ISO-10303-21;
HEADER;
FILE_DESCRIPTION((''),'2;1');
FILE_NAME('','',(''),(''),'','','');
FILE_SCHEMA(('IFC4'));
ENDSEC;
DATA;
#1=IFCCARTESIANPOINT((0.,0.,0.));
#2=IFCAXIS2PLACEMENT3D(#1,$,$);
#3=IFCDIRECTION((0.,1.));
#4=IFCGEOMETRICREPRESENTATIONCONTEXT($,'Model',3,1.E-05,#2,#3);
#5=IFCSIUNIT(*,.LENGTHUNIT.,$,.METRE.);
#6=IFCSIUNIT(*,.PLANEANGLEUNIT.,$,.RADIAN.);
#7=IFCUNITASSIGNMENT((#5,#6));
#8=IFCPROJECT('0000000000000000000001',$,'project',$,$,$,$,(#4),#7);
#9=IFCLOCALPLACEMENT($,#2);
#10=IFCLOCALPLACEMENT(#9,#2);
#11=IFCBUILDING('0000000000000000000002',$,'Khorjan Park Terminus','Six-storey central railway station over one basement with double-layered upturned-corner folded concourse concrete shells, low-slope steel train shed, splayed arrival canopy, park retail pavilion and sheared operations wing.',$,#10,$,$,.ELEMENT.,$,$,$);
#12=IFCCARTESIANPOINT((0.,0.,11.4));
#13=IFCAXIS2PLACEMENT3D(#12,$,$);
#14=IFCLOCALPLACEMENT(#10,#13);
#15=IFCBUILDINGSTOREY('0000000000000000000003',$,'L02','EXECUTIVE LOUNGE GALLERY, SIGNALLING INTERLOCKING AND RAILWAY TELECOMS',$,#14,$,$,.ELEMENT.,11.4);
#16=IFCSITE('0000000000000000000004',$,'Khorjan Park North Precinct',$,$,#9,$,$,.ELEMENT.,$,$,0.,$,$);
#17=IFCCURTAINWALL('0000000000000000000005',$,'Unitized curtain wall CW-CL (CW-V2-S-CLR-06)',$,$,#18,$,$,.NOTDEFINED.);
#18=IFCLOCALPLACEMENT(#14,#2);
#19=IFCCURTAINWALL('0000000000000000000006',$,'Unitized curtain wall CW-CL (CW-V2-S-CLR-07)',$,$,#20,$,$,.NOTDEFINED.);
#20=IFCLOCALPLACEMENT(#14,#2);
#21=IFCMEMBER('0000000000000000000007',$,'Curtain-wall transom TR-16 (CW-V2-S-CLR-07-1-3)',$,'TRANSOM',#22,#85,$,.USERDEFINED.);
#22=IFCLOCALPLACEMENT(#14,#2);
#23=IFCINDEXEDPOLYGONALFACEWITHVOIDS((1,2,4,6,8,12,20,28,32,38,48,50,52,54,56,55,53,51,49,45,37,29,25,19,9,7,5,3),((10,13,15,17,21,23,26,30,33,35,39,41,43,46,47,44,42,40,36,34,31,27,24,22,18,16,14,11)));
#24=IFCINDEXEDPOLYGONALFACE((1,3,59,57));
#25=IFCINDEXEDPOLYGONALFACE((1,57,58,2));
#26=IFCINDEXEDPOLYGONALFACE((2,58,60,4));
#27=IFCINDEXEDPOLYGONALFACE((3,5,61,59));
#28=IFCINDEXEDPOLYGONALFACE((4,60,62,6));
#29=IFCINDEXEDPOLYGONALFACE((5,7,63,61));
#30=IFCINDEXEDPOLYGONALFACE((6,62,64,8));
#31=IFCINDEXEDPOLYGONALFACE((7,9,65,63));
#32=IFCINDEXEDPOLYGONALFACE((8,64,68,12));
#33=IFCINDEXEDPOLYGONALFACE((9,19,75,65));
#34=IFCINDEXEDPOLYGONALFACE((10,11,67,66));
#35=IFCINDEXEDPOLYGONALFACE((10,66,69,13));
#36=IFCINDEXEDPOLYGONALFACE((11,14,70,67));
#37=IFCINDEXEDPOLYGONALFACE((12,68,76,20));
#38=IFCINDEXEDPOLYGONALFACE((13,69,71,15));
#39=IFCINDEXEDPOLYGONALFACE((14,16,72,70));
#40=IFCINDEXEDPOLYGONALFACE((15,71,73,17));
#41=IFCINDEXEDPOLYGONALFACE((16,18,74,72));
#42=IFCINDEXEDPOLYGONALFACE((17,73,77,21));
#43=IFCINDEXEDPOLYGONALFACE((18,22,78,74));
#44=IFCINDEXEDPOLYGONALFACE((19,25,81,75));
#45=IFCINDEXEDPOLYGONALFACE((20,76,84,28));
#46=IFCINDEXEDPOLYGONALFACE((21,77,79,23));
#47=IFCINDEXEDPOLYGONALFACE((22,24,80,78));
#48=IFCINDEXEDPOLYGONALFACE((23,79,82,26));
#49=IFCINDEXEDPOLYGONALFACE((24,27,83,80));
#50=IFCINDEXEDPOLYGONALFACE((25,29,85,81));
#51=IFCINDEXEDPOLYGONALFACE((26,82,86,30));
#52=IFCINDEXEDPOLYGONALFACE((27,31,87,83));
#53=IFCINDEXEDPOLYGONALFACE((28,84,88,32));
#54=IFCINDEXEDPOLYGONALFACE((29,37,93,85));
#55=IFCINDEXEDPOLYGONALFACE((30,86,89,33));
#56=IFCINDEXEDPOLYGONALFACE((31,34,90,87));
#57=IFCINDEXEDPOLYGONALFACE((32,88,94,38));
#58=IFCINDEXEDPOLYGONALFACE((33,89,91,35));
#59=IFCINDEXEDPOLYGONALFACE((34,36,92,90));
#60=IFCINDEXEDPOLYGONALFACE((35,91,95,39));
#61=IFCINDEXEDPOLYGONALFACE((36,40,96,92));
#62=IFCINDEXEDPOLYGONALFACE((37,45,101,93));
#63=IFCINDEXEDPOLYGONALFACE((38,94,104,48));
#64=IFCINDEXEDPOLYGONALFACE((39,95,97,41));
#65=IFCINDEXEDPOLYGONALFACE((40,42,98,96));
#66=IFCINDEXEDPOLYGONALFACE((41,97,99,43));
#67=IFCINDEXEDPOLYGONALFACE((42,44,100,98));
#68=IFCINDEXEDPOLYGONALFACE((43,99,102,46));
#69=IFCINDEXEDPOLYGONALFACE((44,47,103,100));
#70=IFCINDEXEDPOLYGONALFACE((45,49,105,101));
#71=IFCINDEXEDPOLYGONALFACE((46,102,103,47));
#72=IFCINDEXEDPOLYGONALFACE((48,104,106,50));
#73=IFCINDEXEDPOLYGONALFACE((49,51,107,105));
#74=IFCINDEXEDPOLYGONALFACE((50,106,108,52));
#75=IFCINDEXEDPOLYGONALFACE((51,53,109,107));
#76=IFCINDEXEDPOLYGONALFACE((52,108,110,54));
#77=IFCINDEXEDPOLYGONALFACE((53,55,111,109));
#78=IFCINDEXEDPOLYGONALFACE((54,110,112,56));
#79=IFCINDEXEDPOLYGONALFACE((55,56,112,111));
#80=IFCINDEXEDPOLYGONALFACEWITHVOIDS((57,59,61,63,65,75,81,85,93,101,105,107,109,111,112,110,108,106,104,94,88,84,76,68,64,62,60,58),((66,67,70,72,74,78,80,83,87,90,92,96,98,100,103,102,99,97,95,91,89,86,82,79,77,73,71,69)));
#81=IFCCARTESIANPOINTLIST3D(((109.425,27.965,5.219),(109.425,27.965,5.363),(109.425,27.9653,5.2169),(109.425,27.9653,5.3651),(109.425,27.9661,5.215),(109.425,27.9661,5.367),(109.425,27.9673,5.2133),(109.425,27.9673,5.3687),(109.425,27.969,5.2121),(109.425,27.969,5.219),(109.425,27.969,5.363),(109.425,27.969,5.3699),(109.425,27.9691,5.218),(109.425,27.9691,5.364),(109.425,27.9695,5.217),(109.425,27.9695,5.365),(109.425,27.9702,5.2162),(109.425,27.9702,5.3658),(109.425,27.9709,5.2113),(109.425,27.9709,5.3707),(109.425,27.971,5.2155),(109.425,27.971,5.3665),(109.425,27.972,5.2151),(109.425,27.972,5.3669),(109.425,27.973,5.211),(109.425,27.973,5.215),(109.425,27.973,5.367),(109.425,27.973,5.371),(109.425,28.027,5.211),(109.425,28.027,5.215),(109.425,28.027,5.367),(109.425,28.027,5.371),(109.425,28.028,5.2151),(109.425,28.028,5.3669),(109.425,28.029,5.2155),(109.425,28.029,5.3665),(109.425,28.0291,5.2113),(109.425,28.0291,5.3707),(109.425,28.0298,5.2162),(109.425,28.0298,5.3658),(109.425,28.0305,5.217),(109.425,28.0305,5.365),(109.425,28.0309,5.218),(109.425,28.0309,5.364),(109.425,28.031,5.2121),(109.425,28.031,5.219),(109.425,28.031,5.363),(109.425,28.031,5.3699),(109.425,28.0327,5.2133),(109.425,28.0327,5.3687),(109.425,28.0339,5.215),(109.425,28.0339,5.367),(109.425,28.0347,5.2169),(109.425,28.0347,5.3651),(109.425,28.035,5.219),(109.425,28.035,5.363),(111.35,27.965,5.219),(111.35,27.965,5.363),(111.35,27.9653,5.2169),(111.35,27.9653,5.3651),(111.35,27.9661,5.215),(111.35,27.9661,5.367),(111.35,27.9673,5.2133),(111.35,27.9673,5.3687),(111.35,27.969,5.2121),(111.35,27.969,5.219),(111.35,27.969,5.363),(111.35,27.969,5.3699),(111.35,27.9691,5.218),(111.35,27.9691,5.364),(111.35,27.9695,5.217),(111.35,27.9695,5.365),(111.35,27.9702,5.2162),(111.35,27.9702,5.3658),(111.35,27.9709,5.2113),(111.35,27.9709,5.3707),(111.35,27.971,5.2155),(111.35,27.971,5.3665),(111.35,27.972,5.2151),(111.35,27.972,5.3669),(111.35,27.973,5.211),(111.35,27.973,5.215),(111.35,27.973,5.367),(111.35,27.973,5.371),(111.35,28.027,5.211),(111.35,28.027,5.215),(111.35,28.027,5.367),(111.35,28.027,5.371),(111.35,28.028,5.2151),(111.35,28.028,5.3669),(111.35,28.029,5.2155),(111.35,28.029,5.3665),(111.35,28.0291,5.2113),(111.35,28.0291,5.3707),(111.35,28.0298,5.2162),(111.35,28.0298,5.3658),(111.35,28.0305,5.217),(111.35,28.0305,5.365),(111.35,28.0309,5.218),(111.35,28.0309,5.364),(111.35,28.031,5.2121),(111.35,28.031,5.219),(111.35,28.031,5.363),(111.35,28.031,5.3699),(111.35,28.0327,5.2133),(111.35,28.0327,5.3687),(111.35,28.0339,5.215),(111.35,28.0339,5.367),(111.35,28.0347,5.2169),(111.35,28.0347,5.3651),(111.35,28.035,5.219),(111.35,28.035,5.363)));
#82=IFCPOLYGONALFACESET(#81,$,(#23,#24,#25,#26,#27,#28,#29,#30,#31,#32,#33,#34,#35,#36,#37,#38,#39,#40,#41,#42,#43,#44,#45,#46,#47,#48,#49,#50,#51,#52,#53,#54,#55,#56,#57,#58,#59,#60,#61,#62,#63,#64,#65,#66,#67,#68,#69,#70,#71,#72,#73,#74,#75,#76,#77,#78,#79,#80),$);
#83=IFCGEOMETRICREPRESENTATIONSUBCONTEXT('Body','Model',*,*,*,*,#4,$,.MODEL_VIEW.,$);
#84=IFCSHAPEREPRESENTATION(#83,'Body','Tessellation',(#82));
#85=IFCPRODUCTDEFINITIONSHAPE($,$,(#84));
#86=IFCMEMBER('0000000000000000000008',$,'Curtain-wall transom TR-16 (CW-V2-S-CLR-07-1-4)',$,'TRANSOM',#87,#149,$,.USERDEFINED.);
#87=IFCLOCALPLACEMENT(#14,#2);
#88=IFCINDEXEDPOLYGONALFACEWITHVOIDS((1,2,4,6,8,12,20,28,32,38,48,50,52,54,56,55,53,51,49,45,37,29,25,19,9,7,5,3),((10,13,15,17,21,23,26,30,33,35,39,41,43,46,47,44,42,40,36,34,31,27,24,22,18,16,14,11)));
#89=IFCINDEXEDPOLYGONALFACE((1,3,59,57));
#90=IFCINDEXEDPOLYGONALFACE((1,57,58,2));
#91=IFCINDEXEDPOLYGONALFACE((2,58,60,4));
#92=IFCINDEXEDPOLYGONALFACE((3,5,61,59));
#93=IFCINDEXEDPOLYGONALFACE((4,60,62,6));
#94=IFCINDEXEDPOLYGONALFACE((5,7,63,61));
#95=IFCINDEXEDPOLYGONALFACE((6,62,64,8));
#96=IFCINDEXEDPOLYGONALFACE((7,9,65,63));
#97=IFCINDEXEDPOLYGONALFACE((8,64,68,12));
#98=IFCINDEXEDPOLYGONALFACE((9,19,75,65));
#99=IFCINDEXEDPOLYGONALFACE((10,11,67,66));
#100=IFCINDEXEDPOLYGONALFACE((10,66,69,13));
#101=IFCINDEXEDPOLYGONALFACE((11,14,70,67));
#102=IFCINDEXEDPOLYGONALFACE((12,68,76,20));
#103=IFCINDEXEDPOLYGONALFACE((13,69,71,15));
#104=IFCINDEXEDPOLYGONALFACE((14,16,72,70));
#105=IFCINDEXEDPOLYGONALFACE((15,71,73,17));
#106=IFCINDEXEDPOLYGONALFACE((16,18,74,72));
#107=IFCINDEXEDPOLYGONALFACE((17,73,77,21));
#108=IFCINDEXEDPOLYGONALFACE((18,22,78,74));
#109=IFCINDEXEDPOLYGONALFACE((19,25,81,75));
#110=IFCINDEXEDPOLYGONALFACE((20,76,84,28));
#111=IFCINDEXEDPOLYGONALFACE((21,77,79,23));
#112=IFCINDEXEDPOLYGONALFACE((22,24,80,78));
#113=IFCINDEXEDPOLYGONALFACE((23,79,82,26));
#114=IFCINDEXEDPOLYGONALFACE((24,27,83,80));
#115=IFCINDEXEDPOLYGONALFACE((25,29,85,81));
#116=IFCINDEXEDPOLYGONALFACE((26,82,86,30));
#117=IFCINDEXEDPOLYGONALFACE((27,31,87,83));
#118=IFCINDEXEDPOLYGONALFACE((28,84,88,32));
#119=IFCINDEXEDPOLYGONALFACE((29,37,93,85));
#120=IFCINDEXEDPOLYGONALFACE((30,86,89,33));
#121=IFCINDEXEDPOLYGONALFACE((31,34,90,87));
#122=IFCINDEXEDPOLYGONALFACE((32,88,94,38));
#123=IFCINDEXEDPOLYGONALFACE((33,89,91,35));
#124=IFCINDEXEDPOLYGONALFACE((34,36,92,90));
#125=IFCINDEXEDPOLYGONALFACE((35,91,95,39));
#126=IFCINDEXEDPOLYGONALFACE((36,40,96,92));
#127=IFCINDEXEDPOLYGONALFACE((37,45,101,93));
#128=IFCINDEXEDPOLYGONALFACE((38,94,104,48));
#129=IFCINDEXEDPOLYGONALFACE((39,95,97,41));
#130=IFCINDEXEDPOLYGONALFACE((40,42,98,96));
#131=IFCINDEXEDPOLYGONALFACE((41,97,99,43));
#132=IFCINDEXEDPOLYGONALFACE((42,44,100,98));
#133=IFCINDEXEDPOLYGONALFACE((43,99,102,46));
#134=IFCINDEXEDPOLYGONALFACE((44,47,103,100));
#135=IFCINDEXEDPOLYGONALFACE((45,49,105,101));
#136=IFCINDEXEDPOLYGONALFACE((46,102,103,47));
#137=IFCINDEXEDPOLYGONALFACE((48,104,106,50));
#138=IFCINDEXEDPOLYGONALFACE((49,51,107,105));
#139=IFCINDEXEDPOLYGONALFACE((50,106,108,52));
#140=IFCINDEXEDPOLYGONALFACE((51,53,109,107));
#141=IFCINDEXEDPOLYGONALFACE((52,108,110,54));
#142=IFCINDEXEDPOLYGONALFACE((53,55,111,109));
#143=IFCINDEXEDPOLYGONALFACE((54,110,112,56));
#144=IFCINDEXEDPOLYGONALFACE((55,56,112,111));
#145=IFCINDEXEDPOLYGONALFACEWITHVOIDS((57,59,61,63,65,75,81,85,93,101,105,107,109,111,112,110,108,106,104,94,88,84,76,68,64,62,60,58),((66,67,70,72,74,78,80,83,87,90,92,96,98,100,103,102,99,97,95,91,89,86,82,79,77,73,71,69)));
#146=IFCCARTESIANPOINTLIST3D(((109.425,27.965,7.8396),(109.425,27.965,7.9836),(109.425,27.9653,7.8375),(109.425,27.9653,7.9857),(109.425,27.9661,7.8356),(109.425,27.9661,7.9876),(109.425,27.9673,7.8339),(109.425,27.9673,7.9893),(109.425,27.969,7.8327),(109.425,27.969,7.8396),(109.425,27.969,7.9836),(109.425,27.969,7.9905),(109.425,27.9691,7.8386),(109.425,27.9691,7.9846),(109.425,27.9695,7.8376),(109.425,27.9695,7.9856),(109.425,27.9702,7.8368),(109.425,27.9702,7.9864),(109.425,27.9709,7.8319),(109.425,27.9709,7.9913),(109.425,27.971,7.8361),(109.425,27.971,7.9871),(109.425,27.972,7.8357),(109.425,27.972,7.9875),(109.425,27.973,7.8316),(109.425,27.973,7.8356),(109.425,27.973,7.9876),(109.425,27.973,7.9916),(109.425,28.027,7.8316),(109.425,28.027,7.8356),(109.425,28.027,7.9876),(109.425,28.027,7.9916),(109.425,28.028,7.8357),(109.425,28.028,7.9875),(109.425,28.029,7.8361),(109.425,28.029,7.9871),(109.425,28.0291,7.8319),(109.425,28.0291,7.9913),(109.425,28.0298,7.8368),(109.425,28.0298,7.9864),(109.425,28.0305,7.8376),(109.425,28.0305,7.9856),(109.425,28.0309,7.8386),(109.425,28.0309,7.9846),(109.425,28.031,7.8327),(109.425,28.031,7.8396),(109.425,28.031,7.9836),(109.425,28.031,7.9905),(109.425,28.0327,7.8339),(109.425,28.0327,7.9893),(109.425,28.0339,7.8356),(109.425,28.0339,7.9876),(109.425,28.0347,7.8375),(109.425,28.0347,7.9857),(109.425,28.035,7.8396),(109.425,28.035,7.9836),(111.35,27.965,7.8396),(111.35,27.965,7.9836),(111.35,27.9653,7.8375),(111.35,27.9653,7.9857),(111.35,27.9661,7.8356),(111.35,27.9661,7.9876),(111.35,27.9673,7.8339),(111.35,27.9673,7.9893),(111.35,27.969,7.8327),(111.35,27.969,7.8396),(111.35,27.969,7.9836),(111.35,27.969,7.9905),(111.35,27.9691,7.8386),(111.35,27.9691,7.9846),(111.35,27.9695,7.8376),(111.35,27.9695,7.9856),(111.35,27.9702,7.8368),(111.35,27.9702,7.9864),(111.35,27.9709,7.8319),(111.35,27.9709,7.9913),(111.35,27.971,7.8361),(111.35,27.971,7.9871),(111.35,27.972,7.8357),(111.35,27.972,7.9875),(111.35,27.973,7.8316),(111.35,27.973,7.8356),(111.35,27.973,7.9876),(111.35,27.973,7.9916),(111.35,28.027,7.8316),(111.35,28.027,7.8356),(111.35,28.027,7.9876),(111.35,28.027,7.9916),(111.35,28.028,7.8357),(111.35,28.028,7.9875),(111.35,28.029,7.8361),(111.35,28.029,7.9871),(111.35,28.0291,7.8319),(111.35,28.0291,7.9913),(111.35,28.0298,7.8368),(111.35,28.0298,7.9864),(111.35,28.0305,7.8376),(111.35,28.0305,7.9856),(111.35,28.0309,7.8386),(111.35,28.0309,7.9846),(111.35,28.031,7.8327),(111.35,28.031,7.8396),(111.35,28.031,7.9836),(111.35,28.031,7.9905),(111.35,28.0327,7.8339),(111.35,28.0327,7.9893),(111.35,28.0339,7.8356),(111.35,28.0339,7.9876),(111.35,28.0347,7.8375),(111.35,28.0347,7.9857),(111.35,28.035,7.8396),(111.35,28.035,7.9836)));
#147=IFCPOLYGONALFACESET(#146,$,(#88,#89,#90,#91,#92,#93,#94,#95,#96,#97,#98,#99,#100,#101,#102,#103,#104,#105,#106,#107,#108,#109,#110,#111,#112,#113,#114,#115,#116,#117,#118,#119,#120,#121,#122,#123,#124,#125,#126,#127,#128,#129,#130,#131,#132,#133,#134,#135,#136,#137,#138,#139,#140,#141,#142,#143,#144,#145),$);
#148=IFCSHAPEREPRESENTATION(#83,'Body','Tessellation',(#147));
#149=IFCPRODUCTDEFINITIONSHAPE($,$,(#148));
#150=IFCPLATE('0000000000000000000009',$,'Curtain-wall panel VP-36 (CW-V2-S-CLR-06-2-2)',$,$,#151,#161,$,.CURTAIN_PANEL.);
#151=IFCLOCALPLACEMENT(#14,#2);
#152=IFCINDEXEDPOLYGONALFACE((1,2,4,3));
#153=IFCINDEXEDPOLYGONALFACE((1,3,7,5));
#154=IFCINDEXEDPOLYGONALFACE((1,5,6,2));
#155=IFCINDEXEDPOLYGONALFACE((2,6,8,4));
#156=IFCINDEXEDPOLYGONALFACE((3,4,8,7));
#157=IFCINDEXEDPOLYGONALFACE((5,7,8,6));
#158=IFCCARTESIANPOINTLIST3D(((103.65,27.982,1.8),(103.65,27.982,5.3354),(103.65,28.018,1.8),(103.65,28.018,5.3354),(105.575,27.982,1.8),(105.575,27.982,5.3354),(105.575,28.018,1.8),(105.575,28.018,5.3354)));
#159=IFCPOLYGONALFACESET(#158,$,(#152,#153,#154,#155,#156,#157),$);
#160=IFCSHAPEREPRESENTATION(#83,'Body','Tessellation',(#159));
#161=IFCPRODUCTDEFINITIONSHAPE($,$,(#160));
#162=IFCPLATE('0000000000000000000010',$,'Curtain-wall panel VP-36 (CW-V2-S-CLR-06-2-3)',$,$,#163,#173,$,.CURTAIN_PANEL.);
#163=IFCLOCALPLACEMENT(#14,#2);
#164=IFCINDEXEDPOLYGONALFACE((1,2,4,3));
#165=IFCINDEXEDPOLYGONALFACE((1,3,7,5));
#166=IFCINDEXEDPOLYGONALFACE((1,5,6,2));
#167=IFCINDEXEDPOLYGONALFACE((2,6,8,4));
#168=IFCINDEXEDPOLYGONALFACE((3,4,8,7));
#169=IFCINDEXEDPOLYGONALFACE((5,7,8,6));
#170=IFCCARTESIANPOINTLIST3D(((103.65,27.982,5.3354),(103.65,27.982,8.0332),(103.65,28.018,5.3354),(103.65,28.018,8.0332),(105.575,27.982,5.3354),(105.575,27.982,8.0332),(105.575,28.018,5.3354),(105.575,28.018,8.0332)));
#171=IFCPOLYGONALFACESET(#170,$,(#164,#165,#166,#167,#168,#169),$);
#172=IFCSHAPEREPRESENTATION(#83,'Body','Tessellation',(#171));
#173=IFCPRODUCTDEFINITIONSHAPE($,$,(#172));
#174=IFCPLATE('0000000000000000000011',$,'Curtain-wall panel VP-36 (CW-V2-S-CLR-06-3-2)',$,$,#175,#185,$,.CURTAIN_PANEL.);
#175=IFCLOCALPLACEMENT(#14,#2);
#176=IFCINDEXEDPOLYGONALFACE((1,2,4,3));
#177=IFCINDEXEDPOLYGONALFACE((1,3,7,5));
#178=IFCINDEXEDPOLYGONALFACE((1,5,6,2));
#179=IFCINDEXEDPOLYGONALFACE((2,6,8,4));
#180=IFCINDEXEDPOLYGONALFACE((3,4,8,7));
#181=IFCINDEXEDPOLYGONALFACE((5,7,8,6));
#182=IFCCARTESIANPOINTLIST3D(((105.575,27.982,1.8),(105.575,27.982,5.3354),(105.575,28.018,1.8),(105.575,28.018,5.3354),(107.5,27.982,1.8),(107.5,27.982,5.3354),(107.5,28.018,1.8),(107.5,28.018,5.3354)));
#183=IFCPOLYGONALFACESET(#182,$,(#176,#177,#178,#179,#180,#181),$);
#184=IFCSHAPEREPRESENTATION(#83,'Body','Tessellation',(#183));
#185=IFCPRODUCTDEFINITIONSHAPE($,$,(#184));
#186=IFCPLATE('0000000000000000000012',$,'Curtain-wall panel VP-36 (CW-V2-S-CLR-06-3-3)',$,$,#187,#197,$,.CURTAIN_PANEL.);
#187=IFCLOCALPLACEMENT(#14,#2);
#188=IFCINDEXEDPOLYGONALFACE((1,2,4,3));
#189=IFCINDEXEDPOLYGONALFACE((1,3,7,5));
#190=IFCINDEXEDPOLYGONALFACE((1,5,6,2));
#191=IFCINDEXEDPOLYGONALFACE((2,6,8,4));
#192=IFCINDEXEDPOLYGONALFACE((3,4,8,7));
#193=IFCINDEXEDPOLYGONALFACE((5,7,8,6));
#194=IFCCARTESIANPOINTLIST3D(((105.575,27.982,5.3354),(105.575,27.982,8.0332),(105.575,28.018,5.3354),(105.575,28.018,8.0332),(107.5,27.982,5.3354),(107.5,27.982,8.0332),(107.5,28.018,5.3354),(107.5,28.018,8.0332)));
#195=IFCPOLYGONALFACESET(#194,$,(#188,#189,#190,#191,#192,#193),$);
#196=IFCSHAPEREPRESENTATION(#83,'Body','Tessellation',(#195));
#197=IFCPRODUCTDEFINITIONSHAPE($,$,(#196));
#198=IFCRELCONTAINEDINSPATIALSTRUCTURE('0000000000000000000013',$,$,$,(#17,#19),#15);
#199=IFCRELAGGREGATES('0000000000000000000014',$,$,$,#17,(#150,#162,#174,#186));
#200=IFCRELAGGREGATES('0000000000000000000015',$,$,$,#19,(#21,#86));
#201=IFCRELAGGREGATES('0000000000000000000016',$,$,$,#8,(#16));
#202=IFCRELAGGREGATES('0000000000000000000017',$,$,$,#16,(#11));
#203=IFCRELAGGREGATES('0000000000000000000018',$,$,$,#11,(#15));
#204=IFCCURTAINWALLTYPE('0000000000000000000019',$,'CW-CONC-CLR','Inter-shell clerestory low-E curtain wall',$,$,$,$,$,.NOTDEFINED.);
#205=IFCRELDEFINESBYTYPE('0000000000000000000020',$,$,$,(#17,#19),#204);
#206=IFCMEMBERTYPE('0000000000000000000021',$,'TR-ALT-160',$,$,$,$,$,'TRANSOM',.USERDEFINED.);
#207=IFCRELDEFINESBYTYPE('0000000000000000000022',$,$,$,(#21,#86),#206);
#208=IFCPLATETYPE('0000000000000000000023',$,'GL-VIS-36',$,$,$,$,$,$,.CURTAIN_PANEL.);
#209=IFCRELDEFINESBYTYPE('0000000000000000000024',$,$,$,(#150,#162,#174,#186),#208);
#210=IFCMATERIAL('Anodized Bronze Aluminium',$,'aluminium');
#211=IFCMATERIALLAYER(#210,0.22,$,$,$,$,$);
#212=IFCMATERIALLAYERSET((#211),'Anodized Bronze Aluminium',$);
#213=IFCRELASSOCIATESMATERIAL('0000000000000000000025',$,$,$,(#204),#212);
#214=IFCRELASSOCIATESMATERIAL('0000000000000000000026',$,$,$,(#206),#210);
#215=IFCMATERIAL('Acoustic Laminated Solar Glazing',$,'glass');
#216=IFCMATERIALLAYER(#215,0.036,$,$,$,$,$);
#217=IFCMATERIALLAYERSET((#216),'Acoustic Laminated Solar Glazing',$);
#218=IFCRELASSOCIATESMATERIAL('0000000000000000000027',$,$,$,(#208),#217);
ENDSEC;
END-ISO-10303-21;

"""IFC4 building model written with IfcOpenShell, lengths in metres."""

from ifc_helpers import new_model, si_unit, direction, frame, origin, origin_2d, place, context, subcontext, project, spatial, rectangle, hollow_rectangle, extrude, material, layer, layer_set, material_profile, profile_set, type_object, element, aggregate, save


model = new_model("IFC4")

# Units and contexts
model_context = context("Model", 3, precision=1e-05, world=origin(), true_north=direction((0.0, 1.0)))
body_context = subcontext(model_context, "Body", "Model", "MODEL_VIEW")
ifc_project = project(units=[si_unit("LENGTHUNIT", "METRE"), si_unit("PLANEANGLEUNIT", "RADIAN")], contexts=[model_context])

# Site, building, storey
site_placement = place(None, origin())
site = spatial("IfcSite", under=ifc_project, at=site_placement, Name="Khorjan Park North Precinct", CompositionType="ELEMENT", RefElevation=0.0)
building_placement = place(site_placement, origin())
building = spatial("IfcBuilding", under=site, at=building_placement, Name="Khorjan Park Terminus", Description="Six-storey central railway station over one basement with double-layered upturned-corner folded concourse concrete shells, low-slope steel train shed, splayed arrival canopy, park retail pavilion and sheared operations wing.", CompositionType="ELEMENT")
storey_placement = place(building_placement, frame((0.0, 0.0, 11.4)))
storey = spatial("IfcBuildingStorey", under=building, at=storey_placement, Name="L02", Description="EXECUTIVE LOUNGE GALLERY, SIGNALLING INTERLOCKING AND RAILWAY TELECOMS", CompositionType="ELEMENT", Elevation=11.4)

# Curtain wall
ifc_material_1 = material(Name="Anodized Bronze Aluminium", Category="aluminium")
ifc_layer_1 = layer(ifc_material_1, 0.22)
ifc_layer_set_1 = layer_set([ifc_layer_1], Name="Anodized Bronze Aluminium")
curtain_wall_type = type_object("IfcCurtainWallType", Name="CW-CONC-CLR", Description="Inter-shell clerestory low-E curtain wall", PredefinedType="NOTDEFINED", material=ifc_layer_set_1)
curtain_wall_1_placement = place(storey_placement, origin())
curtain_wall_1 = element("IfcCurtainWall", 1, at=curtain_wall_1_placement, inside=storey, type_object=curtain_wall_type, Name="Unitized curtain wall CW-CL (CW-V2-S-CLR-06)", PredefinedType="NOTDEFINED")

# Curtain wall
curtain_wall_2_placement = place(storey_placement, origin())
curtain_wall_2 = element("IfcCurtainWall", 2, at=curtain_wall_2_placement, inside=storey, type_object=curtain_wall_type, Name="Unitized curtain wall CW-CL (CW-V2-S-CLR-07)", PredefinedType="NOTDEFINED")

# Members
ifc_material_profile_1 = material_profile(ifc_material_1, hollow_rectangle(XDim=0.07, YDim=0.16, WallThickness=0.004, InnerFilletRadius=0.004, OuterFilletRadius=0.008, at=origin_2d()), Name="ALT 70x160x4")
ifc_profile_set_1 = profile_set([ifc_material_profile_1], Name="Anodized Bronze Aluminium")
member_type_1 = type_object("IfcMemberType", Name="TR-ALT-160", ElementType="TRANSOM", PredefinedType="USERDEFINED", material=ifc_profile_set_1)
member_1_placement = place(storey_placement, frame((109.425, 28.0, 5.291), z_axis=(1.0, 0.0, 0.0), x_axis=(0.0, 1.0, 0.0)))
member_1 = element("IfcMember", 3, at=member_1_placement, type_object=member_type_1, Name="Curtain-wall transom TR-16 (CW-V2-S-CLR-07-1-3)", ObjectType="TRANSOM", PredefinedType="USERDEFINED", context=body_context, shape_type="SweptSolid", body=[
    extrude(hollow_rectangle(XDim=0.07, YDim=0.16, WallThickness=0.004, InnerFilletRadius=0.004, OuterFilletRadius=0.008, at=origin_2d()), origin(), (0.0, 0.0, 1.0), 1.925),
])
member_2_placement = place(storey_placement, frame((109.425, 28.0, 7.9116), z_axis=(1.0, 0.0, 0.0), x_axis=(0.0, 1.0, 0.0)))
member_2 = element("IfcMember", 4, at=member_2_placement, type_object=member_type_1, Name="Curtain-wall transom TR-16 (CW-V2-S-CLR-07-1-4)", ObjectType="TRANSOM", PredefinedType="USERDEFINED", context=body_context, shape_type="SweptSolid", body=[
    extrude(hollow_rectangle(XDim=0.07, YDim=0.16, WallThickness=0.004, InnerFilletRadius=0.004, OuterFilletRadius=0.008, at=origin_2d()), origin(), (0.0, 0.0, 1.0), 1.925),
])

# Plates
ifc_material_2 = material(Name="Acoustic Laminated Solar Glazing", Category="glass")
ifc_layer_2 = layer(ifc_material_2, 0.036)
ifc_layer_set_2 = layer_set([ifc_layer_2], Name="Acoustic Laminated Solar Glazing")
plate_type_1 = type_object("IfcPlateType", Name="GL-VIS-36", PredefinedType="CURTAIN_PANEL", material=ifc_layer_set_2)
plate_1_placement = place(storey_placement, frame((104.6125, 28.0, 1.8), z_axis=(0.0, 0.0, 1.0), x_axis=(1.0, 0.0, 0.0)))
plate_1 = element("IfcPlate", 5, at=plate_1_placement, type_object=plate_type_1, Name="Curtain-wall panel VP-36 (CW-V2-S-CLR-06-2-2)", PredefinedType="CURTAIN_PANEL", context=body_context, shape_type="SweptSolid", body=[
    extrude(rectangle(XDim=1.925, YDim=0.036, at=origin_2d()), origin(), (0.0, 0.0, 1.0), 3.5354),
])
plate_2_placement = place(storey_placement, frame((104.6125, 28.0, 5.3354), z_axis=(0.0, 0.0, 1.0), x_axis=(1.0, 0.0, 0.0)))
plate_2 = element("IfcPlate", 6, at=plate_2_placement, type_object=plate_type_1, Name="Curtain-wall panel VP-36 (CW-V2-S-CLR-06-2-3)", PredefinedType="CURTAIN_PANEL", context=body_context, shape_type="SweptSolid", body=[
    extrude(rectangle(XDim=1.925, YDim=0.036, at=origin_2d()), origin(), (0.0, 0.0, 1.0), 2.6978),
])
plate_3_placement = place(storey_placement, frame((106.5375, 28.0, 1.8), z_axis=(0.0, 0.0, 1.0), x_axis=(1.0, 0.0, 0.0)))
plate_3 = element("IfcPlate", 7, at=plate_3_placement, type_object=plate_type_1, Name="Curtain-wall panel VP-36 (CW-V2-S-CLR-06-3-2)", PredefinedType="CURTAIN_PANEL", context=body_context, shape_type="SweptSolid", body=[
    extrude(rectangle(XDim=1.925, YDim=0.036, at=origin_2d()), origin(), (0.0, 0.0, 1.0), 3.5354),
])
plate_4_placement = place(storey_placement, frame((106.5375, 28.0, 5.3354), z_axis=(0.0, 0.0, 1.0), x_axis=(1.0, 0.0, 0.0)))
plate_4 = element("IfcPlate", 8, at=plate_4_placement, type_object=plate_type_1, Name="Curtain-wall panel VP-36 (CW-V2-S-CLR-06-3-3)", PredefinedType="CURTAIN_PANEL", context=body_context, shape_type="SweptSolid", body=[
    extrude(rectangle(XDim=1.925, YDim=0.036, at=origin_2d()), origin(), (0.0, 0.0, 1.0), 2.6978),
])

aggregate(curtain_wall_1, [plate_1, plate_2, plate_3, plate_4])
aggregate(curtain_wall_2, [member_1, member_2])

save(model, "model.ifc")
